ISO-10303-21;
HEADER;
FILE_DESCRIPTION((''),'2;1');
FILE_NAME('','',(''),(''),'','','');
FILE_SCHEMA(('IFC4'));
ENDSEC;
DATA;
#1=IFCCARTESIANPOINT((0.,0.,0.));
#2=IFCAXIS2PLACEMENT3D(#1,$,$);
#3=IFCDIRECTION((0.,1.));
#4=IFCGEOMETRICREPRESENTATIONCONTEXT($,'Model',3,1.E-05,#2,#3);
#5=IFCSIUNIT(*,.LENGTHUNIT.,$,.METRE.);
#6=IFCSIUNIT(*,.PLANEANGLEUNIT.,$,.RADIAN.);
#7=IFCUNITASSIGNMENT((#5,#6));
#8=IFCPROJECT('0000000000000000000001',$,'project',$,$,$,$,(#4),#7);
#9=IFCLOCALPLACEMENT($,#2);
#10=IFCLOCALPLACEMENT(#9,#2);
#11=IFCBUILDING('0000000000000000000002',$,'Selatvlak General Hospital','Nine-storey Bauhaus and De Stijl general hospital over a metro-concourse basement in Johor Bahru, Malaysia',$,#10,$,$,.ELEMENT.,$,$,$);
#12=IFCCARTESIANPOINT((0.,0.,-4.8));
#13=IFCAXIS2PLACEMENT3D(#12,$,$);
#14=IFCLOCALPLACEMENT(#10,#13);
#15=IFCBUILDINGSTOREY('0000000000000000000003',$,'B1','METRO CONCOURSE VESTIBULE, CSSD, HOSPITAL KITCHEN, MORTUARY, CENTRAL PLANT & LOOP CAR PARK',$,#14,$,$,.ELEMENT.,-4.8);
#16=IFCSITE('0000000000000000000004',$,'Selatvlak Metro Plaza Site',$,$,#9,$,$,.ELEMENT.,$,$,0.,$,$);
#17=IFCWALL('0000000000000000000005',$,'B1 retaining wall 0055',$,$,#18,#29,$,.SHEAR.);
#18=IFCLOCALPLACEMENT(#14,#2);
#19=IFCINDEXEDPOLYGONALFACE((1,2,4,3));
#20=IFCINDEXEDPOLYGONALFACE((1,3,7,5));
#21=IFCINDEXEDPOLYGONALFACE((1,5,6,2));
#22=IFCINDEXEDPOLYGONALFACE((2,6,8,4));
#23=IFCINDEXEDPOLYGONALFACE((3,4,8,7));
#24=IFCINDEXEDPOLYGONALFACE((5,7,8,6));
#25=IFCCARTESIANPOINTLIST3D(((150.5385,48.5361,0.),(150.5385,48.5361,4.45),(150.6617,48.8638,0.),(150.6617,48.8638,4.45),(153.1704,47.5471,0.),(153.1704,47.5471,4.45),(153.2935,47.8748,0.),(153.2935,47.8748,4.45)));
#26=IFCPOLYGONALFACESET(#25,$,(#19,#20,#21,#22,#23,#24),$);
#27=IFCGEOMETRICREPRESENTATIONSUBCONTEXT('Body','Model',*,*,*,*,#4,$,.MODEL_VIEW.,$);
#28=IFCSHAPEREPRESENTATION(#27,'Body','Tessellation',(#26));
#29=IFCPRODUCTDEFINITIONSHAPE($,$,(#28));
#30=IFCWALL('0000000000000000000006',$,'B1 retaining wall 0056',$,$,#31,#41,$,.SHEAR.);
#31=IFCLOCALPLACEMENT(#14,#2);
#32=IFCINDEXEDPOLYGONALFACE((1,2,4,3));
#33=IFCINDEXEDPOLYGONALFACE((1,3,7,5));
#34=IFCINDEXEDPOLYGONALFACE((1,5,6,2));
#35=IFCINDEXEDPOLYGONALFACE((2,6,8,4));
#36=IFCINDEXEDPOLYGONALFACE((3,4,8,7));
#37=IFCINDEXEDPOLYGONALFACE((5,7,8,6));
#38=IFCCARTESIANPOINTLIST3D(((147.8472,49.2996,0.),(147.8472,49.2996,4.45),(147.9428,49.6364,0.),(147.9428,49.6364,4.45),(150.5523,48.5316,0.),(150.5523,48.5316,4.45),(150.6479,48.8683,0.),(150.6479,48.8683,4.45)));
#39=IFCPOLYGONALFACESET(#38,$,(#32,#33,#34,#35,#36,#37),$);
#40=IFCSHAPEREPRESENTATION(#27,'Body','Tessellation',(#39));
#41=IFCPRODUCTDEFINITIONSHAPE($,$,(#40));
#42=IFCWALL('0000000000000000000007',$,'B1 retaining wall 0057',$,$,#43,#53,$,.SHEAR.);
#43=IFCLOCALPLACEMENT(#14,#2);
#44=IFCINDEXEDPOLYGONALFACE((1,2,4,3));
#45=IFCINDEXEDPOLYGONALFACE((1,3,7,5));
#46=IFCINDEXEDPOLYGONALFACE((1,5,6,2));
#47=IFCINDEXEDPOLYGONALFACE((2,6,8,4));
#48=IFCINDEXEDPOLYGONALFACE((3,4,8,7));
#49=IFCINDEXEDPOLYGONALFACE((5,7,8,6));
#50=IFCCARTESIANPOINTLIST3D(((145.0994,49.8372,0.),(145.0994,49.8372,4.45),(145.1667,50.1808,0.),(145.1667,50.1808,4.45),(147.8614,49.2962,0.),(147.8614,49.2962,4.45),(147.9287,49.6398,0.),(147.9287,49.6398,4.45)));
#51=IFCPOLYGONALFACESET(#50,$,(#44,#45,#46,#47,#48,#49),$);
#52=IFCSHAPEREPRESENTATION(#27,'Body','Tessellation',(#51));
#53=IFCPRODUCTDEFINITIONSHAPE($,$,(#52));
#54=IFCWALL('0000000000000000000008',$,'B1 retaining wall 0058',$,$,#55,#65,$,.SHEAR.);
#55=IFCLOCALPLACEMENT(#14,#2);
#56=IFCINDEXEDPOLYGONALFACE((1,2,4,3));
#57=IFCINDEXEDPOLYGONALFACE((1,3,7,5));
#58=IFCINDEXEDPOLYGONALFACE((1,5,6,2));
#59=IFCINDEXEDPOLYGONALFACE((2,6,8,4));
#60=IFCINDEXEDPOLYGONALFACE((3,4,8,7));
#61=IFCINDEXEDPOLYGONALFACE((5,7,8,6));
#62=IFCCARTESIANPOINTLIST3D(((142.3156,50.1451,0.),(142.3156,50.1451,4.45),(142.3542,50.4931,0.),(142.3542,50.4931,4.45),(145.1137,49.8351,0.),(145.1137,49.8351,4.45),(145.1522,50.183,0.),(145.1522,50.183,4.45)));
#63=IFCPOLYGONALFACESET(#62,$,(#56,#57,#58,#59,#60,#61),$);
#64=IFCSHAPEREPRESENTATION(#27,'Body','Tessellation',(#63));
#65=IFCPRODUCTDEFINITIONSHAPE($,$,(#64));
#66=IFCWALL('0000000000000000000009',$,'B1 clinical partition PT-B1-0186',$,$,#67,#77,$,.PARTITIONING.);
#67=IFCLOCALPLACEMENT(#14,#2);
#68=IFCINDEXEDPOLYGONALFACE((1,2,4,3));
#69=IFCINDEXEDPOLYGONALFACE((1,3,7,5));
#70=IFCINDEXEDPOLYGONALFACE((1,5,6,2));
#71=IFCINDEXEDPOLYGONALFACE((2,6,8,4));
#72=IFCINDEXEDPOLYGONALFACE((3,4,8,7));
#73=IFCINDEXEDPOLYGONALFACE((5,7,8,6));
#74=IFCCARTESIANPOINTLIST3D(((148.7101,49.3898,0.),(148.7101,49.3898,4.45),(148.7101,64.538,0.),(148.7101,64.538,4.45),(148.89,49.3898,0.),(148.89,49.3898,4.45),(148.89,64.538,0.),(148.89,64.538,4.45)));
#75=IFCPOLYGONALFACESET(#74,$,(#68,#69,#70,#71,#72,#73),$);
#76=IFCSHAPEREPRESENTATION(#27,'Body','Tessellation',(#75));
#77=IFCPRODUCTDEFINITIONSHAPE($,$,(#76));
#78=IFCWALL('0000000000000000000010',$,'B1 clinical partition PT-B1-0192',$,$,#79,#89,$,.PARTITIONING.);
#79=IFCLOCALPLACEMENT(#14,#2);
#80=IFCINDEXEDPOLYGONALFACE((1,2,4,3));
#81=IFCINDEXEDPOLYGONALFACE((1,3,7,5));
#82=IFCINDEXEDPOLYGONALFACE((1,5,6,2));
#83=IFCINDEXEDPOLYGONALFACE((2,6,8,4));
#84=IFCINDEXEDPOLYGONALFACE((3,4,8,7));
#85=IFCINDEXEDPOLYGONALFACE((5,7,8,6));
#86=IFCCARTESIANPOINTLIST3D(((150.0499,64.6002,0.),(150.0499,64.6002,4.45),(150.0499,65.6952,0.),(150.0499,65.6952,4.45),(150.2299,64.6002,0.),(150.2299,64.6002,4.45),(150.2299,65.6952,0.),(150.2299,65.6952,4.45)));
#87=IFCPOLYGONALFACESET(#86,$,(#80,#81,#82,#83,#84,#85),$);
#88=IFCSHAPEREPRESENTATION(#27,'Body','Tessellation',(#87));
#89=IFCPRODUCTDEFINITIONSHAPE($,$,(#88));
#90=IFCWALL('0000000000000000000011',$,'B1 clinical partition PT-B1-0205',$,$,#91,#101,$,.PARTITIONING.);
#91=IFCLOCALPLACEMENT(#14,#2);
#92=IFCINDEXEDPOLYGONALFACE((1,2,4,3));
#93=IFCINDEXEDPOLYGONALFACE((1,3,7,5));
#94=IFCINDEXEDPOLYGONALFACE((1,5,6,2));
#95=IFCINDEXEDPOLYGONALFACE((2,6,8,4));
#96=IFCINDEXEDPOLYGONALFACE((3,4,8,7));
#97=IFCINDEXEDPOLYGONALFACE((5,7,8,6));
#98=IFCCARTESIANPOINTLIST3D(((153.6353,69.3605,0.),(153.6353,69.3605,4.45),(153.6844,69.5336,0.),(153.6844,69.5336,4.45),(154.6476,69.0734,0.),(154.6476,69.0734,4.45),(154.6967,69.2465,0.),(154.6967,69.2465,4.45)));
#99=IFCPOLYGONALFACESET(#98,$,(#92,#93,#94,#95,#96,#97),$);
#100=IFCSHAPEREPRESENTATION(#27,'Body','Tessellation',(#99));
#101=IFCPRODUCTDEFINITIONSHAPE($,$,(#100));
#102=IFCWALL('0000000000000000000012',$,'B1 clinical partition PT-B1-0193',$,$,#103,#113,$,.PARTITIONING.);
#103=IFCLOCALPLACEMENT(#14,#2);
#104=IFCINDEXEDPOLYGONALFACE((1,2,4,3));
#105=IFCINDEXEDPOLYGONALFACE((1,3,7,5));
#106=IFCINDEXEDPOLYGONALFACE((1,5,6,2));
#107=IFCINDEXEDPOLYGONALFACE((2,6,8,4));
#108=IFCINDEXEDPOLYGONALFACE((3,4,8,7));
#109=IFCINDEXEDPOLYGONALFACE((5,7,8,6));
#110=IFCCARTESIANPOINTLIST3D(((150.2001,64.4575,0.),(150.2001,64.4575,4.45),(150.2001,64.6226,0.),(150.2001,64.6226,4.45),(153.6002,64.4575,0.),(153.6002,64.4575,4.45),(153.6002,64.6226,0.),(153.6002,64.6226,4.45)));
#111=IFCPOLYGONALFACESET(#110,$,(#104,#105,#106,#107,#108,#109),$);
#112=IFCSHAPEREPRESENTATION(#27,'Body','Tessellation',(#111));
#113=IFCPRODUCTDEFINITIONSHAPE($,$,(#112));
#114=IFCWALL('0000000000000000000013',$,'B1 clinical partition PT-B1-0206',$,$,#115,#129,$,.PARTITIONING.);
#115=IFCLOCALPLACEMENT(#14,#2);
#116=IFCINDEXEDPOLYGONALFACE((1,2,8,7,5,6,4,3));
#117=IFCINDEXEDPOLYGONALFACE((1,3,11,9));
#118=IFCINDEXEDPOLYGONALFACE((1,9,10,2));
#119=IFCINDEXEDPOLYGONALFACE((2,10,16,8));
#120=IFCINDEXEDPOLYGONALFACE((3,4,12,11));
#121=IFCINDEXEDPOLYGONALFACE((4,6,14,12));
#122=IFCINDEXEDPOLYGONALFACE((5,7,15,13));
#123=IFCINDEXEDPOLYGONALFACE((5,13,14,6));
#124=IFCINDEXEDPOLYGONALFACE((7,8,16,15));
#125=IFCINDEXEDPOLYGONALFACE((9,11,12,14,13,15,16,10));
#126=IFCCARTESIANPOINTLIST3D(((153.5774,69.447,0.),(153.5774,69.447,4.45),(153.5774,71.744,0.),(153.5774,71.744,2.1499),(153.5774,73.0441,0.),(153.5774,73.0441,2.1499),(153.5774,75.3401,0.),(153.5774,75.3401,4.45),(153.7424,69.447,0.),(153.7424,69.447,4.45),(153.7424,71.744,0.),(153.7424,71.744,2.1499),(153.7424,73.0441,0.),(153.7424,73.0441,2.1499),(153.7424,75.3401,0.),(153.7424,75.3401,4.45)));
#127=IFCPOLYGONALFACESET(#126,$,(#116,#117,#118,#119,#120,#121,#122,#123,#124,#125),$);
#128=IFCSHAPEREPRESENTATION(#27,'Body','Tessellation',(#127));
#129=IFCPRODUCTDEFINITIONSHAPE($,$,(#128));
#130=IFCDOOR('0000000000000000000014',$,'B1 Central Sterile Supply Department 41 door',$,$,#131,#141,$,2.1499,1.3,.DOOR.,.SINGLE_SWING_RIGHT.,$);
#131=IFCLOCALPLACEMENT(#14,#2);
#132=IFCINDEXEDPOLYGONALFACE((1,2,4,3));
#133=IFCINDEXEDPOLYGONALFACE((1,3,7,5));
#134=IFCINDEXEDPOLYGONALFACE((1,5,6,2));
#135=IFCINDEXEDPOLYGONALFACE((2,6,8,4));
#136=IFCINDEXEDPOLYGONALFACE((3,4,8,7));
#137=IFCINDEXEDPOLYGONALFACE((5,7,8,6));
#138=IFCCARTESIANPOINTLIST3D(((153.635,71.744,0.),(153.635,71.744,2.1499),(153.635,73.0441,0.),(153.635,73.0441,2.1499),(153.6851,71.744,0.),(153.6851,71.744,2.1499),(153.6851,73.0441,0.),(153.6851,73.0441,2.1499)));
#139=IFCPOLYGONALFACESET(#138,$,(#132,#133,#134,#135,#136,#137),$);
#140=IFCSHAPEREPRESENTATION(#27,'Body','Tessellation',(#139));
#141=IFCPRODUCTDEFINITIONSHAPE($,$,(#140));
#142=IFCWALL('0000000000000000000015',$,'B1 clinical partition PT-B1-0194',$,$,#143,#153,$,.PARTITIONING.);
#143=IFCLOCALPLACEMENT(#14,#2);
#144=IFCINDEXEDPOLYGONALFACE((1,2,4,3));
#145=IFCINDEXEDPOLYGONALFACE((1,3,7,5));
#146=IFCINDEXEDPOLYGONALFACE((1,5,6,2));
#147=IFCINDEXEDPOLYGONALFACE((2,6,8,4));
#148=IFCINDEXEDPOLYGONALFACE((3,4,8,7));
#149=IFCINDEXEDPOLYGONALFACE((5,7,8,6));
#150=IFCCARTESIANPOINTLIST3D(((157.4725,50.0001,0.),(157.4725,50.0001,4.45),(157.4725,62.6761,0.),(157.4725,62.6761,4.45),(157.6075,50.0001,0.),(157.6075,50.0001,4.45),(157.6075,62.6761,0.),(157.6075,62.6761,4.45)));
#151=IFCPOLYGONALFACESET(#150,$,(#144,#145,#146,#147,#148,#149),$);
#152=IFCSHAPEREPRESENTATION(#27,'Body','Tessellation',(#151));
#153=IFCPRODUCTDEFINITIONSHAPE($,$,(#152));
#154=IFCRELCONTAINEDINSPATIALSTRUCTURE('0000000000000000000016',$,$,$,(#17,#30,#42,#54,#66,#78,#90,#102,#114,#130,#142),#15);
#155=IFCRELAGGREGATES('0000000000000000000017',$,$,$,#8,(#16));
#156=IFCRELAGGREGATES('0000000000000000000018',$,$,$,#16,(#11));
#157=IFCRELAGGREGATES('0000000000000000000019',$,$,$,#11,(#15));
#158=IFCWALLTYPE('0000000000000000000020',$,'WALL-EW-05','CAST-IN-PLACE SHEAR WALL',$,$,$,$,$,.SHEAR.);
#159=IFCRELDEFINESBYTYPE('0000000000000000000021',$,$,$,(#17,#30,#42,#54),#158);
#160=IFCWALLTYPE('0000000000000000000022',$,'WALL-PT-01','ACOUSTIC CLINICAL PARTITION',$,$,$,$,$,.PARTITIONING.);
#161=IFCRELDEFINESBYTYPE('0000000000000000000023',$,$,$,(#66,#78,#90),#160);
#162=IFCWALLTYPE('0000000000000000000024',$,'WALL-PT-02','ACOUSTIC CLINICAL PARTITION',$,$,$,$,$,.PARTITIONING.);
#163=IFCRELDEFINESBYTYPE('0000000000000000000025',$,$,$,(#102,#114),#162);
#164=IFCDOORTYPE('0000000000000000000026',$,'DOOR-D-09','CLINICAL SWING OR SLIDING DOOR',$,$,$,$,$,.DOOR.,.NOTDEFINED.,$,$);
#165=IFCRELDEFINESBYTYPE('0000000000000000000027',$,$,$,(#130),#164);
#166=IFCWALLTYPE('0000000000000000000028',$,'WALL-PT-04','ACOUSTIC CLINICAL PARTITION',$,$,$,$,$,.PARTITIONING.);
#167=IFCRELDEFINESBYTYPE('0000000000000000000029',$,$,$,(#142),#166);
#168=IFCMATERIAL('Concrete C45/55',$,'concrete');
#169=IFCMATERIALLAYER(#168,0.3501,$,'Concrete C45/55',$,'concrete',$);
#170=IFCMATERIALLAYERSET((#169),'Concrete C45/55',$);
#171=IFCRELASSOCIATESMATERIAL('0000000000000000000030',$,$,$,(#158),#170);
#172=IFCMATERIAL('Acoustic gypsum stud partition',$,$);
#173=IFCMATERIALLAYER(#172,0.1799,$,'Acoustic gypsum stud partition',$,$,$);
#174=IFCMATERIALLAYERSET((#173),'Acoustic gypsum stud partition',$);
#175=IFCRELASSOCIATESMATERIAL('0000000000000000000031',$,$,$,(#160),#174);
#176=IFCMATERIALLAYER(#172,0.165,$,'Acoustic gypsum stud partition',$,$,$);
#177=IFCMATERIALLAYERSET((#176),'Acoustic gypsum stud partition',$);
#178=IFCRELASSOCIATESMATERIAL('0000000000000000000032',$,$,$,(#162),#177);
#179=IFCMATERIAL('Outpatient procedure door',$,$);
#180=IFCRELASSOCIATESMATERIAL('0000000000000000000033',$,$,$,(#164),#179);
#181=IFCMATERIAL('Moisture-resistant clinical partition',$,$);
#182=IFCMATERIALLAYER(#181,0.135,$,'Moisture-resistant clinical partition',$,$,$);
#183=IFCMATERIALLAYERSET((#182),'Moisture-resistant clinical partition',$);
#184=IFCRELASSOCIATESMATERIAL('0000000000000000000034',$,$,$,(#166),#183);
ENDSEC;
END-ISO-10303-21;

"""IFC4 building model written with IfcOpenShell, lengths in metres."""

from ifc_helpers import new_model, si_unit, direction, frame, frame_2d, origin, place, context, subcontext, project, spatial, rectangle, extrude, material, layer, layer_set, type_object, element, fill, save


model = new_model("IFC4")

# Units and contexts
model_context = context("Model", 3, precision=1e-05, world=origin(), true_north=direction((0.0, 1.0)))
body_context = subcontext(model_context, "Body", "Model", "MODEL_VIEW")
ifc_project = project(units=[si_unit("LENGTHUNIT", "METRE"), si_unit("PLANEANGLEUNIT", "RADIAN")], contexts=[model_context])

# Site, building, storey
site_placement = place(None, origin())
site = spatial("IfcSite", under=ifc_project, at=site_placement, Name="Selatvlak Metro Plaza Site", CompositionType="ELEMENT", RefElevation=0.0)
building_placement = place(site_placement, origin())
building = spatial("IfcBuilding", under=site, at=building_placement, Name="Selatvlak General Hospital", Description="Nine-storey Bauhaus and De Stijl general hospital over a metro-concourse basement in Johor Bahru, Malaysia", CompositionType="ELEMENT")
storey_placement = place(building_placement, frame((0.0, 0.0, -4.8)))
storey = spatial("IfcBuildingStorey", under=building, at=storey_placement, Name="B1", Description="METRO CONCOURSE VESTIBULE, CSSD, HOSPITAL KITCHEN, MORTUARY, CENTRAL PLANT & LOOP CAR PARK", CompositionType="ELEMENT", Elevation=-4.8)

# Walls
ifc_material_1 = material(Name="Concrete C45/55", Category="concrete")
ifc_layer_1 = layer(ifc_material_1, 0.3501, Name="Concrete C45/55", Category="concrete")
ifc_layer_set_1 = layer_set([ifc_layer_1], Name="Concrete C45/55")
wall_type_1 = type_object("IfcWallType", Name="WALL-EW-05", Description="CAST-IN-PLACE SHEAR WALL", PredefinedType="SHEAR", material=ifc_layer_set_1)
wall_1_placement = place(storey_placement, frame((153.2319, 47.7109, 0.0), z_axis=(0.0, 0.0, 1.0), x_axis=(-0.936086, 0.35177, 0.0)))
element("IfcWall", 1, at=wall_1_placement, inside=storey, type_object=wall_type_1, Name="B1 retaining wall 0055", PredefinedType="SHEAR", context=body_context, shape_type="SweptSolid", body=[
    extrude(rectangle(XDim=2.8115, YDim=0.3501, at=frame_2d((1.4058, 0.0))), origin(), (0.0, 0.0, 1.0), 4.45),
])
wall_2_placement = place(storey_placement, frame((150.6001, 48.7, 0.0), z_axis=(0.0, 0.0, 1.0), x_axis=(-0.961975, 0.273138, 0.0)))
element("IfcWall", 2, at=wall_2_placement, inside=storey, type_object=wall_type_1, Name="B1 retaining wall 0056", PredefinedType="SHEAR", context=body_context, shape_type="SweptSolid", body=[
    extrude(rectangle(XDim=2.812, YDim=0.3501, at=frame_2d((1.406, 0.0))), origin(), (0.0, 0.0, 1.0), 4.45),
])
wall_3_placement = place(storey_placement, frame((147.895, 49.468, 0.0), z_axis=(0.0, 0.0, 1.0), x_axis=(-0.98135, 0.192228, 0.0)))
element("IfcWall", 3, at=wall_3_placement, inside=storey, type_object=wall_type_1, Name="B1 retaining wall 0057", PredefinedType="SHEAR", context=body_context, shape_type="SweptSolid", body=[
    extrude(rectangle(XDim=2.8145, YDim=0.3501, at=frame_2d((1.4072, 0.0))), origin(), (0.0, 0.0, 1.0), 4.45),
])
wall_4_placement = place(storey_placement, frame((145.1331, 50.009, 0.0), z_axis=(0.0, 0.0, 1.0), x_axis=(-0.993916, 0.110136, 0.0)))
element("IfcWall", 4, at=wall_4_placement, inside=storey, type_object=wall_type_1, Name="B1 retaining wall 0058", PredefinedType="SHEAR", context=body_context, shape_type="SweptSolid", body=[
    extrude(rectangle(XDim=2.8152, YDim=0.3501, at=frame_2d((1.4077, 0.0))), origin(), (0.0, 0.0, 1.0), 4.45),
])
ifc_material_2 = material(Name="Acoustic gypsum stud partition")
ifc_layer_2 = layer(ifc_material_2, 0.1799, Name="Acoustic gypsum stud partition")
ifc_layer_set_2 = layer_set([ifc_layer_2], Name="Acoustic gypsum stud partition")
wall_type_2 = type_object("IfcWallType", Name="WALL-PT-01", Description="ACOUSTIC CLINICAL PARTITION", PredefinedType="PARTITIONING", material=ifc_layer_set_2)
wall_5_placement = place(storey_placement, frame((148.8, 64.5381, 0.0), z_axis=(0.0, 0.0, 1.0), x_axis=(0.0, -1.0, 0.0)))
element("IfcWall", 5, at=wall_5_placement, inside=storey, type_object=wall_type_2, Name="B1 clinical partition PT-B1-0186", PredefinedType="PARTITIONING", context=body_context, shape_type="SweptSolid", body=[
    extrude(rectangle(XDim=15.1482, YDim=0.1799, at=frame_2d((7.5742, 0.0))), origin(), (0.0, 0.0, 1.0), 4.45),
])
wall_6_placement = place(storey_placement, frame((150.1399, 65.6951, 0.0), z_axis=(0.0, 0.0, 1.0), x_axis=(0.0, -1.0, 0.0)))
element("IfcWall", 6, at=wall_6_placement, inside=storey, type_object=wall_type_2, Name="B1 clinical partition PT-B1-0192", PredefinedType="PARTITIONING", context=body_context, shape_type="SweptSolid", body=[
    extrude(rectangle(XDim=1.095, YDim=0.1799, at=frame_2d((0.5474, 0.0))), origin(), (0.0, 0.0, 1.0), 4.45),
])
wall_7_placement = place(storey_placement, frame((154.6721, 69.1599, 0.0), z_axis=(0.0, 0.0, 1.0), x_axis=(-0.962048, 0.272882, 0.0)))
element("IfcWall", 7, at=wall_7_placement, inside=storey, type_object=wall_type_2, Name="B1 clinical partition PT-B1-0205", PredefinedType="PARTITIONING", context=body_context, shape_type="SweptSolid", body=[
    extrude(rectangle(XDim=1.0522, YDim=0.1799, at=frame_2d((0.5261, 0.0))), origin(), (0.0, 0.0, 1.0), 4.45),
])
ifc_layer_3 = layer(ifc_material_2, 0.165, Name="Acoustic gypsum stud partition")
ifc_layer_set_3 = layer_set([ifc_layer_3], Name="Acoustic gypsum stud partition")
wall_type_3 = type_object("IfcWallType", Name="WALL-PT-02", Description="ACOUSTIC CLINICAL PARTITION", PredefinedType="PARTITIONING", material=ifc_layer_set_3)
wall_8_placement = place(storey_placement, frame((150.2, 64.54, 0.0), z_axis=(0.0, 0.0, 1.0), x_axis=(1.0, 0.0, 0.0)))
element("IfcWall", 8, at=wall_8_placement, inside=storey, type_object=wall_type_3, Name="B1 clinical partition PT-B1-0193", PredefinedType="PARTITIONING", context=body_context, shape_type="SweptSolid", body=[
    extrude(rectangle(XDim=3.4001, YDim=0.165, at=frame_2d((1.7002, 0.0))), origin(), (0.0, 0.0, 1.0), 4.45),
])

# Wall, opening, door
wall_9_placement = place(storey_placement, frame((153.6599, 69.447, 0.0), z_axis=(0.0, 0.0, 1.0), x_axis=(0.0, 1.0, 0.0)))
wall_9 = element("IfcWall", 9, at=wall_9_placement, inside=storey, type_object=wall_type_3, Name="B1 clinical partition PT-B1-0206", PredefinedType="PARTITIONING", context=body_context, shape_type="SweptSolid", body=[
    extrude(rectangle(XDim=5.8931, YDim=0.165, at=frame_2d((2.9465, 0.0))), origin(), (0.0, 0.0, 1.0), 4.45),
])
opening_placement = place(wall_9_placement, frame((2.2971, 0.0, 0.0)))
opening = element("IfcOpeningElement", 10, at=opening_placement, cuts=wall_9, PredefinedType="OPENING", context=body_context, shape_type="SweptSolid", body=[
    extrude(rectangle(XDim=1.3, YDim=2.1499, at=frame_2d((0.6499, 1.075))), frame((0.0, 0.0925, 0.0), z_axis=(0.0, -1.0, 0.0), x_axis=(1.0, 0.0, 0.0)), (0.0, 0.0, 1.0), 0.1851),
])
ifc_material_3 = material(Name="Outpatient procedure door")
door_type = type_object("IfcDoorType", Name="DOOR-D-09", Description="CLINICAL SWING OR SLIDING DOOR", OperationType="NOTDEFINED", PredefinedType="DOOR", material=ifc_material_3)
door_placement = place(opening_placement, origin())
door = element("IfcDoor", 11, at=door_placement, inside=storey, type_object=door_type, Name="B1 Central Sterile Supply Department 41 door", OperationType="SINGLE_SWING_RIGHT", OverallHeight=2.1499, OverallWidth=1.3, PredefinedType="DOOR", context=body_context, shape_type="SweptSolid", body=[
    extrude(rectangle(XDim=1.3, YDim=2.1499, at=frame_2d((0.6499, 1.075))), frame((0.0, 0.0249, 0.0), z_axis=(0.0, -1.0, 0.0), x_axis=(1.0, 0.0, 0.0)), (0.0, 0.0, 1.0), 0.05),
])
fill(opening, door)

# Wall
ifc_material_4 = material(Name="Moisture-resistant clinical partition")
ifc_layer_4 = layer(ifc_material_4, 0.135, Name="Moisture-resistant clinical partition")
ifc_layer_set_4 = layer_set([ifc_layer_4], Name="Moisture-resistant clinical partition")
wall_type_4 = type_object("IfcWallType", Name="WALL-PT-04", Description="ACOUSTIC CLINICAL PARTITION", PredefinedType="PARTITIONING", material=ifc_layer_set_4)
wall_10_placement = place(storey_placement, frame((157.54, 62.676, 0.0), z_axis=(0.0, 0.0, 1.0), x_axis=(0.0, -1.0, 0.0)))
element("IfcWall", 12, at=wall_10_placement, inside=storey, type_object=wall_type_4, Name="B1 clinical partition PT-B1-0194", PredefinedType="PARTITIONING", context=body_context, shape_type="SweptSolid", body=[
    extrude(rectangle(XDim=12.676, YDim=0.135, at=frame_2d((6.3379, 0.0))), origin(), (0.0, 0.0, 1.0), 4.45),
])

save(model, "model.ifc")
